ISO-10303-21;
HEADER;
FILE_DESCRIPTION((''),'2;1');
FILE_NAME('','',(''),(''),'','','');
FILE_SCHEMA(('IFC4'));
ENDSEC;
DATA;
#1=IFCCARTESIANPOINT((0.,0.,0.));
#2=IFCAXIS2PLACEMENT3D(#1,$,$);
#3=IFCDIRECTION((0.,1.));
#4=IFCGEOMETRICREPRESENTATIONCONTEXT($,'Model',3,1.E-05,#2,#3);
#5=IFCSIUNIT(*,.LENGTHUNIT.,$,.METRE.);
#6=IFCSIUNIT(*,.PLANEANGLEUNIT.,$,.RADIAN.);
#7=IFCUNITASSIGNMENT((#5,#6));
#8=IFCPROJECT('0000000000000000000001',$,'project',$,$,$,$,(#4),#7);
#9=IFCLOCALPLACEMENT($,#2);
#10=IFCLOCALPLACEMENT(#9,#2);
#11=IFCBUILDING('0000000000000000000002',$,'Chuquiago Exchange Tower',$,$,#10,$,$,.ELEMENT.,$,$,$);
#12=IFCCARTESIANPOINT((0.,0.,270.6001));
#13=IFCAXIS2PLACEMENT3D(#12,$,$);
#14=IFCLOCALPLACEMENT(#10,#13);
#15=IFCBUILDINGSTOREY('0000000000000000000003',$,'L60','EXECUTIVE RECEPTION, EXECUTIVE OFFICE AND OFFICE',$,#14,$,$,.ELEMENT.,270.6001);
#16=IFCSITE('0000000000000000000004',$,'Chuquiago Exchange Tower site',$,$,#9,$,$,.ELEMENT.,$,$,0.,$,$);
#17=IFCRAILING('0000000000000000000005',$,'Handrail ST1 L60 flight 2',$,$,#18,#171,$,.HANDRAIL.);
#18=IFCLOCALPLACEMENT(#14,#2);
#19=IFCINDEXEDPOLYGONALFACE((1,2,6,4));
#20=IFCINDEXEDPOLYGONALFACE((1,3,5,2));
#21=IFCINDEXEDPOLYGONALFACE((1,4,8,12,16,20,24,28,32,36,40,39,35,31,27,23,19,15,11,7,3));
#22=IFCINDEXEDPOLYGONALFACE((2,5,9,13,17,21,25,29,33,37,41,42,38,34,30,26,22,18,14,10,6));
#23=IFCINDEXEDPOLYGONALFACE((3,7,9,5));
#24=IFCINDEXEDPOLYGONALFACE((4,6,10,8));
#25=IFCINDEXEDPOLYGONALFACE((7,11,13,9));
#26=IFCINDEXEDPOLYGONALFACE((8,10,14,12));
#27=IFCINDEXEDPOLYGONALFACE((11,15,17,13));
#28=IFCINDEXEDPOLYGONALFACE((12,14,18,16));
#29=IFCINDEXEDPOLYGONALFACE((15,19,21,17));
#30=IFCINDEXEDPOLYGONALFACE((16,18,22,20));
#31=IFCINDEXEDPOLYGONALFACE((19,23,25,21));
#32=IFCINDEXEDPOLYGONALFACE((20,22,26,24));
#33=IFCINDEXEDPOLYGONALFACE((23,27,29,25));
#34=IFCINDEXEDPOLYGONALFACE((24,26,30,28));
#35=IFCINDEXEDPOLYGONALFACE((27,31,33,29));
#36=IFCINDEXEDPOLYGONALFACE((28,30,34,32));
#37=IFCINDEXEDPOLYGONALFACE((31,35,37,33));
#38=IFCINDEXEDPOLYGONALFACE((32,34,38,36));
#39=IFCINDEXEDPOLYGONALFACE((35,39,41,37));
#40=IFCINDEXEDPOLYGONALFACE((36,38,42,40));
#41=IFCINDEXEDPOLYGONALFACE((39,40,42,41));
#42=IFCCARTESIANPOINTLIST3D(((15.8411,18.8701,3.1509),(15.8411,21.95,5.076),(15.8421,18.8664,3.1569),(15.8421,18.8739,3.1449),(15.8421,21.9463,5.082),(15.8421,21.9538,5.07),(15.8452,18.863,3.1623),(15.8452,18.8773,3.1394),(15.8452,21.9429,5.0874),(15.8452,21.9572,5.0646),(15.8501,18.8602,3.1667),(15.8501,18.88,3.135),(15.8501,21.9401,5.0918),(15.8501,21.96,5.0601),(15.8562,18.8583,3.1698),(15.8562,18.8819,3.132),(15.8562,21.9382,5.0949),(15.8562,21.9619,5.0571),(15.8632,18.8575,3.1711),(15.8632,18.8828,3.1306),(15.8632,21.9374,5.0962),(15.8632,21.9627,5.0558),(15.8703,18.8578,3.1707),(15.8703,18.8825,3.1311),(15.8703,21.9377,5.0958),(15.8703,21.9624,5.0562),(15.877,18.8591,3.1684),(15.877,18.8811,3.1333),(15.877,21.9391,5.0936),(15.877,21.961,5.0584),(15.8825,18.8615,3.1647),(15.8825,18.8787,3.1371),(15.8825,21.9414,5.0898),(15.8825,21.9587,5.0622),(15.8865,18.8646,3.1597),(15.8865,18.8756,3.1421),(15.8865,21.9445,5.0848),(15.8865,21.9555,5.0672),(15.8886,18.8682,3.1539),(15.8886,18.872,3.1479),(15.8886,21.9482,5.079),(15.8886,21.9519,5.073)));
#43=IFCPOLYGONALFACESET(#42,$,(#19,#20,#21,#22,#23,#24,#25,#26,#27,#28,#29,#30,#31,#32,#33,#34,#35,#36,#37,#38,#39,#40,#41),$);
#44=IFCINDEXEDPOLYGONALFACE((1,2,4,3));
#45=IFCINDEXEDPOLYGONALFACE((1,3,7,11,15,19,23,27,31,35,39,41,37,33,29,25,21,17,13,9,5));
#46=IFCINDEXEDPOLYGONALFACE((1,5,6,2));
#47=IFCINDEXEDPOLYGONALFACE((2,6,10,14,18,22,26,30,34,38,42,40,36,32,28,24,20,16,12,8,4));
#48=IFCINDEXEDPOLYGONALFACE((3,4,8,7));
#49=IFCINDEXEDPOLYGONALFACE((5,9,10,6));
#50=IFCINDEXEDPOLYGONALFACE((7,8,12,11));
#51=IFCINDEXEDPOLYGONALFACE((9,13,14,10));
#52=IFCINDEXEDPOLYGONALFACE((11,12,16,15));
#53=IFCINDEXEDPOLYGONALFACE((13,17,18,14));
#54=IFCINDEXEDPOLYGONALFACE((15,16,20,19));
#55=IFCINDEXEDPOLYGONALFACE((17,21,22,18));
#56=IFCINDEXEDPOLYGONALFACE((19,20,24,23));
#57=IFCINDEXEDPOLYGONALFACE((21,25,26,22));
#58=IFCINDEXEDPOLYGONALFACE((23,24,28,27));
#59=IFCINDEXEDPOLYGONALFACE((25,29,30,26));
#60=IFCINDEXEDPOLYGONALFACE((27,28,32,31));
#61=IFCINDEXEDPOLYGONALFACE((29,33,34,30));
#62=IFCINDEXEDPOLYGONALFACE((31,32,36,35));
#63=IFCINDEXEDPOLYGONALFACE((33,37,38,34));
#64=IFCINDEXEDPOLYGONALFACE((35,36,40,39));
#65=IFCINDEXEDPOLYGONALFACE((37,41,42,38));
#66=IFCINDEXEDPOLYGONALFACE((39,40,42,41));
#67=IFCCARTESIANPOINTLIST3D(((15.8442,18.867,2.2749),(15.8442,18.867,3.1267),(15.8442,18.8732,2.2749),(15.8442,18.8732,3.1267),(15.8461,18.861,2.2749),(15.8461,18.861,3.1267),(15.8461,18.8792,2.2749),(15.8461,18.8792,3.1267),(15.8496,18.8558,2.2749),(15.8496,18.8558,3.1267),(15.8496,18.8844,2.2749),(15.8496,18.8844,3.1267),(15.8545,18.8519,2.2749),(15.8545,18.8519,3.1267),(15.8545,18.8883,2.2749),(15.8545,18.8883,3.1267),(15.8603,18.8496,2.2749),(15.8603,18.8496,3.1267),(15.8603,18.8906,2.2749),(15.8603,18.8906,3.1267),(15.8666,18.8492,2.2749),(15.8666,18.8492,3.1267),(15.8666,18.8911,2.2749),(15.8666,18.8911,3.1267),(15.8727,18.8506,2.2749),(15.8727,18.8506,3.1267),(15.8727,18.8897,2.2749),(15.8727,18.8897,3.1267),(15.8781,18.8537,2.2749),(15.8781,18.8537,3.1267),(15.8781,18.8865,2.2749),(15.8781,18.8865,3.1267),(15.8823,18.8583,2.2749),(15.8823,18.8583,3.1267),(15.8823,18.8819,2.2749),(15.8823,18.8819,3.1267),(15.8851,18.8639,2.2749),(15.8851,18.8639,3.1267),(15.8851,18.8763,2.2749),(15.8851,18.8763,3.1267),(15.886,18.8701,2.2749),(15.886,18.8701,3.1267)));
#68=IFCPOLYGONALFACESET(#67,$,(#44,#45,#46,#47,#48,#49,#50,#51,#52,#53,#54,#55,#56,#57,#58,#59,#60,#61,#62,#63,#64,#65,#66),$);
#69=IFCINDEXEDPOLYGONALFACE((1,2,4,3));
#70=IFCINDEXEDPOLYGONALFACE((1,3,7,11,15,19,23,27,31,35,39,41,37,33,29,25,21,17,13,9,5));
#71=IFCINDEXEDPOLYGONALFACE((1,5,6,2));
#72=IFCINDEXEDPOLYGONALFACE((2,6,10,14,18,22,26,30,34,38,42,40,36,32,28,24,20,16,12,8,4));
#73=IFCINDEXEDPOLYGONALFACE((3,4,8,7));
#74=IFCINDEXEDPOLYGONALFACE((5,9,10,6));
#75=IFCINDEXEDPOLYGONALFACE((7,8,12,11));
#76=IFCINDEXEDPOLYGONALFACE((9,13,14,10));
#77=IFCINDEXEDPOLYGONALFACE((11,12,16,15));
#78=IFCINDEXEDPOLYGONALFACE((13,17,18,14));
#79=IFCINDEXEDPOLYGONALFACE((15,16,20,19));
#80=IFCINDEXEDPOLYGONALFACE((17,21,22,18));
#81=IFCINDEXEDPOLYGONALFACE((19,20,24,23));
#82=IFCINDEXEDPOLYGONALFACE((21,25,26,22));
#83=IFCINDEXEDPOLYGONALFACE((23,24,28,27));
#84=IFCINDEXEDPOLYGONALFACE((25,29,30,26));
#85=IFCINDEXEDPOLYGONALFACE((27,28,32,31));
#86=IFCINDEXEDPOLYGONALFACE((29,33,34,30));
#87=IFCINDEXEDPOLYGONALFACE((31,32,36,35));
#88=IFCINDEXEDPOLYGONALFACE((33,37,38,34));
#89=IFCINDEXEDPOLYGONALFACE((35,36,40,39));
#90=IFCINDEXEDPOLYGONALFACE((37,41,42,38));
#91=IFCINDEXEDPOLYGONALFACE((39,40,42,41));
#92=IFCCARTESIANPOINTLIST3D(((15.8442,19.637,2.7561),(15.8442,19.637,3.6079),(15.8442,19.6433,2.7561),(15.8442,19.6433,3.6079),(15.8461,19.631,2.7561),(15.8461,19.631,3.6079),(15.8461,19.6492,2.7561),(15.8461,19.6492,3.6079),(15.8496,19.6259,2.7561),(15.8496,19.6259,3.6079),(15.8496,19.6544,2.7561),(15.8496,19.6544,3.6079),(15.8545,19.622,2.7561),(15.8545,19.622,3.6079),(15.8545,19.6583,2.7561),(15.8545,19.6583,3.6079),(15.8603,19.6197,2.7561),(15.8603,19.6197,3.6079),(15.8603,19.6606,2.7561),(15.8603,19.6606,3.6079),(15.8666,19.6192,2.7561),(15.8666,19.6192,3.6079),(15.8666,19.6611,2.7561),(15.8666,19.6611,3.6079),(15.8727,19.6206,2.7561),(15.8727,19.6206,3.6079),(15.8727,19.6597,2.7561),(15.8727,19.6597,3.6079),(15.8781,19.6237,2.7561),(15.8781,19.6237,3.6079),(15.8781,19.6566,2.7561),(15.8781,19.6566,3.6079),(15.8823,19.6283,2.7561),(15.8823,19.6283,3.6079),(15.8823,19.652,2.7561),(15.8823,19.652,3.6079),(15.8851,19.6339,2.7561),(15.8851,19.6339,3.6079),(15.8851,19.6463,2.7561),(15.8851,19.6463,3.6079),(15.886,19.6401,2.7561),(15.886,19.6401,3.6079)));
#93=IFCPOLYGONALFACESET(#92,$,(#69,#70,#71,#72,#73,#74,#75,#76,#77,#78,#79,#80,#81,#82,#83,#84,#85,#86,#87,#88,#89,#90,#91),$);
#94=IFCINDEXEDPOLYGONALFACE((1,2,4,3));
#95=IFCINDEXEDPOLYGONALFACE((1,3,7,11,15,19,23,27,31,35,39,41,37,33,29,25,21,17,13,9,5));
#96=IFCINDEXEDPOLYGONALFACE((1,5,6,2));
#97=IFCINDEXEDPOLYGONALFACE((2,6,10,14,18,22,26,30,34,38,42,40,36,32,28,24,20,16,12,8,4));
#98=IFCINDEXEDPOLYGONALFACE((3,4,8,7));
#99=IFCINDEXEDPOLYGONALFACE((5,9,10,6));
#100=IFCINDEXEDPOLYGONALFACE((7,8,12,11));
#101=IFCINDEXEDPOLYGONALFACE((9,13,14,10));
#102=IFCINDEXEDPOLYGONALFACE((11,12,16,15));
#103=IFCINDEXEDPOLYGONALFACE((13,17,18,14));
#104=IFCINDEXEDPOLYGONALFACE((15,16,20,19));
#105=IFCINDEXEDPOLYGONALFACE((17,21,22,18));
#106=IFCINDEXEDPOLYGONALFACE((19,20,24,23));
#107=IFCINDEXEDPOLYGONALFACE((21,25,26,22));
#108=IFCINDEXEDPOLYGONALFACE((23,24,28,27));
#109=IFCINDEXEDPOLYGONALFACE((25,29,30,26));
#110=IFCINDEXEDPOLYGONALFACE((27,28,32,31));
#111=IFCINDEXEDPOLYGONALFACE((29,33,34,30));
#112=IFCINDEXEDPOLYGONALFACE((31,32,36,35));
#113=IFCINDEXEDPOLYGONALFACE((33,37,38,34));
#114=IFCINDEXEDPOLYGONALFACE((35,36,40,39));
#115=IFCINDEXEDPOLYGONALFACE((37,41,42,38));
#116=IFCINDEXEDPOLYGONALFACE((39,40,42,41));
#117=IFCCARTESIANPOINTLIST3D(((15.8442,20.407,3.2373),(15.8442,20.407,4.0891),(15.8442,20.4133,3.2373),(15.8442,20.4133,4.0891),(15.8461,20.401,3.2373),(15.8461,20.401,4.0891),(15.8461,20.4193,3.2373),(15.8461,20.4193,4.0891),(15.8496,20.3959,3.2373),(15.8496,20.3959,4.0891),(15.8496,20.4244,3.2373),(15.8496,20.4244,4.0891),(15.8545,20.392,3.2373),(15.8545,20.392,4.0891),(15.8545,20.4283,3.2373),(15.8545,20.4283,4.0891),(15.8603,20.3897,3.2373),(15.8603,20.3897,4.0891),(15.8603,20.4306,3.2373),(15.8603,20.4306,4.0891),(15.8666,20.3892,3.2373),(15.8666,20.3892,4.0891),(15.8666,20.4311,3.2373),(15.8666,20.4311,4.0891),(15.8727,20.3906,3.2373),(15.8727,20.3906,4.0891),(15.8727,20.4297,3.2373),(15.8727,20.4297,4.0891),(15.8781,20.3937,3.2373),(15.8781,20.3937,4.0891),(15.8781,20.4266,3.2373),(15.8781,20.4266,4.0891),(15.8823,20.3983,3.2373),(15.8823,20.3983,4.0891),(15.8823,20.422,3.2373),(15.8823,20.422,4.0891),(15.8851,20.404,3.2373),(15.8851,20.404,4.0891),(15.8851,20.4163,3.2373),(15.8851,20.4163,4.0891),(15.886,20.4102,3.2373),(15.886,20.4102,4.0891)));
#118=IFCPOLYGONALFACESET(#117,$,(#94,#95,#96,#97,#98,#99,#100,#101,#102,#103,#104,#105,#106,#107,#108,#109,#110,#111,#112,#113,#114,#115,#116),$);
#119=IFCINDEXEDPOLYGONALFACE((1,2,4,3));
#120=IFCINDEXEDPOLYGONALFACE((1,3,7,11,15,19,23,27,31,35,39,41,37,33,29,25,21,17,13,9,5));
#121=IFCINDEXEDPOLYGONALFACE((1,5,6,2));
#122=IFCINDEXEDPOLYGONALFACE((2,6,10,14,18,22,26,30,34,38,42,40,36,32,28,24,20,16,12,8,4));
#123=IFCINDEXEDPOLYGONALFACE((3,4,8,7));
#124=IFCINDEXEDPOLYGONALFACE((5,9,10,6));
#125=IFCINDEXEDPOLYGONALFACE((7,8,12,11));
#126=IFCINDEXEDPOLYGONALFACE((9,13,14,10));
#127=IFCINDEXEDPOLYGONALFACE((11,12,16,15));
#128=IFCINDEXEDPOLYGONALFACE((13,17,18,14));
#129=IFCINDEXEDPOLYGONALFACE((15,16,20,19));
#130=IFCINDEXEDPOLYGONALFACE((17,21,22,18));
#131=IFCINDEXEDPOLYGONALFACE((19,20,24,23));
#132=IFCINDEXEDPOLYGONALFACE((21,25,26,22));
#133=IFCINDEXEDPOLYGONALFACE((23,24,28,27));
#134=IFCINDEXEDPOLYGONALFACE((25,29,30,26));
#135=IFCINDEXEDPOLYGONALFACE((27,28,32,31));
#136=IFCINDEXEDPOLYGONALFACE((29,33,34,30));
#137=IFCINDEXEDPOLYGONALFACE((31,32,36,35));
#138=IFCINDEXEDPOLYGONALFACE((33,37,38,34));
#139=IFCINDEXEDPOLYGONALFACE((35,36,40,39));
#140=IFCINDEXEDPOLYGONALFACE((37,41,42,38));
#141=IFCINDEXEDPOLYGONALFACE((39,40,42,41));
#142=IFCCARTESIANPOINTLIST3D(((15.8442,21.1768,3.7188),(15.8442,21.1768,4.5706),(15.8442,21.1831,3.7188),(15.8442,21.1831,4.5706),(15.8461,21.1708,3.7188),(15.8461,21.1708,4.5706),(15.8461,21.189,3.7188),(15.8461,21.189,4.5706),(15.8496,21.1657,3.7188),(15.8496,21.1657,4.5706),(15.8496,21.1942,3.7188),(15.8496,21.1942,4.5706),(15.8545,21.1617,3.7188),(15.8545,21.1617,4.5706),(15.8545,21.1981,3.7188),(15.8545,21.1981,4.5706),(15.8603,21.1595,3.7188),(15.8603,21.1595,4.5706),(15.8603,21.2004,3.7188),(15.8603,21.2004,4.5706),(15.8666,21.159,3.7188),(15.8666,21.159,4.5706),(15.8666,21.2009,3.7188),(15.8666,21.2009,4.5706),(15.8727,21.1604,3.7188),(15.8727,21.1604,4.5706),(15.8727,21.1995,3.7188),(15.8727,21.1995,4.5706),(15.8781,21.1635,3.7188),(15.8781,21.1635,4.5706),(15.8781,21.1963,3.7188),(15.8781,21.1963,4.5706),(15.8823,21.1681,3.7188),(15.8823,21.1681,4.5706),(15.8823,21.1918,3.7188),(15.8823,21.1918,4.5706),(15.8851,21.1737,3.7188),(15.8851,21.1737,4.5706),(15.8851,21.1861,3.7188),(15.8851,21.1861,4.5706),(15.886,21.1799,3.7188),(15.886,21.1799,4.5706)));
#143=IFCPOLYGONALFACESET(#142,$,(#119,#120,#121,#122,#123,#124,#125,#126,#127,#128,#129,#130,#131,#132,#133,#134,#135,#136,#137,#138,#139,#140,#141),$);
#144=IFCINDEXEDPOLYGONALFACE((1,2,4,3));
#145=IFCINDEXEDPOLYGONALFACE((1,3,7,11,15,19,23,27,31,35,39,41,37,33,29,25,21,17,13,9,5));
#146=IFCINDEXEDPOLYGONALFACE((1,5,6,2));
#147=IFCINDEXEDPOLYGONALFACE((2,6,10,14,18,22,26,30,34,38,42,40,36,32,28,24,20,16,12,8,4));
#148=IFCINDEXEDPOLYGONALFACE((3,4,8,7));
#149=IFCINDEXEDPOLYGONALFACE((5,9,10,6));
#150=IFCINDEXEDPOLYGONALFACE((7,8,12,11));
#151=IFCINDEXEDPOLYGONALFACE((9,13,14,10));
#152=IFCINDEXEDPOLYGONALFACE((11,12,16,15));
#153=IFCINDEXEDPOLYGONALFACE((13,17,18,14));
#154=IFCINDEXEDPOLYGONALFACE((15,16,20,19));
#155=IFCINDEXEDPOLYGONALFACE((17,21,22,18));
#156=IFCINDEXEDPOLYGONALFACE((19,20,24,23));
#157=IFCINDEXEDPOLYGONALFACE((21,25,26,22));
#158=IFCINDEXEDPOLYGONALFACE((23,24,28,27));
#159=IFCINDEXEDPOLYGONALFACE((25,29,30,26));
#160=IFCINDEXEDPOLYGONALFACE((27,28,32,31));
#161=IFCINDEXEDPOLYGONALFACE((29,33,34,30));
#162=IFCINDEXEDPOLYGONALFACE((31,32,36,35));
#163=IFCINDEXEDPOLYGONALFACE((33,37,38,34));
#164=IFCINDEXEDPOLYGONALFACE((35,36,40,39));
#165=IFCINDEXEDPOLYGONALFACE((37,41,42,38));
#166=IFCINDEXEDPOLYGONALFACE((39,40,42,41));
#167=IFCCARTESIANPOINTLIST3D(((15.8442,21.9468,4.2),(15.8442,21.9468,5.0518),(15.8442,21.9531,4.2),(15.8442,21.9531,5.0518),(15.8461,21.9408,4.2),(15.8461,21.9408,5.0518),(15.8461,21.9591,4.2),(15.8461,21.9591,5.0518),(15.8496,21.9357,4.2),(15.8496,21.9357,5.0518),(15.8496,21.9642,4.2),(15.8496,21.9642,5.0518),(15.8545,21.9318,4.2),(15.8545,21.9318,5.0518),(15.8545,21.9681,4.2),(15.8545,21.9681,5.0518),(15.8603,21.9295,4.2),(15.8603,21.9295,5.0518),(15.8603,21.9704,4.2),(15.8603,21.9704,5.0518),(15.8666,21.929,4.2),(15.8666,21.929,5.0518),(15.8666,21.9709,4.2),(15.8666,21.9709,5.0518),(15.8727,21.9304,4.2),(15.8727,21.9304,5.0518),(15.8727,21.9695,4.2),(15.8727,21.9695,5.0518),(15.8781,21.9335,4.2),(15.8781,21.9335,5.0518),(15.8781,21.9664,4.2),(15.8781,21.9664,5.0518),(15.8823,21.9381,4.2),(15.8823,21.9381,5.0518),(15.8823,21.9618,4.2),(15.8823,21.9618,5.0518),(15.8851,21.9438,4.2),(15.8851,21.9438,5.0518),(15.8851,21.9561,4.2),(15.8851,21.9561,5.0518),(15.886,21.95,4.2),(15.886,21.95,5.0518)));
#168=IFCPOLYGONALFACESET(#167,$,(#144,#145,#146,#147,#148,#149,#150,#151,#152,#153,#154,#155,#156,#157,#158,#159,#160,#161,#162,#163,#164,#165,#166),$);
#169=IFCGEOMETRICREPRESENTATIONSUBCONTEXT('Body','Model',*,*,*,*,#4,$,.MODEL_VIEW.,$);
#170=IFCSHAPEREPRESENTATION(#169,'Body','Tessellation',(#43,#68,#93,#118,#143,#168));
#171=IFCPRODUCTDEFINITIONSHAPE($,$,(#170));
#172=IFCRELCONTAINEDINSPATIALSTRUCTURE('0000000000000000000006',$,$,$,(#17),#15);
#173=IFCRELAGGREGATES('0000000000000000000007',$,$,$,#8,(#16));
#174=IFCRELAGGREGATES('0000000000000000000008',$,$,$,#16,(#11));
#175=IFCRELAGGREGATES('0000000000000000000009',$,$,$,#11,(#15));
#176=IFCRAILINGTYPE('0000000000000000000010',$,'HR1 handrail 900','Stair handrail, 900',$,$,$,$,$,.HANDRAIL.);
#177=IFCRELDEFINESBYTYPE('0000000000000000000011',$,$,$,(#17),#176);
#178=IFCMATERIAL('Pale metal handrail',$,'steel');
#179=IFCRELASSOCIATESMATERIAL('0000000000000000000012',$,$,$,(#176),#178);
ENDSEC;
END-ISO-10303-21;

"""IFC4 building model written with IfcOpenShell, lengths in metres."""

from ifc_helpers import new_model, si_unit, direction, frame, origin, origin_2d, place, context, subcontext, project, spatial, circle, extrude, material, type_object, element, save


model = new_model("IFC4")

# Units and contexts
model_context = context("Model", 3, precision=1e-05, world=origin(), true_north=direction((0.0, 1.0)))
body_context = subcontext(model_context, "Body", "Model", "MODEL_VIEW")
ifc_project = project(units=[si_unit("LENGTHUNIT", "METRE"), si_unit("PLANEANGLEUNIT", "RADIAN")], contexts=[model_context])

# Site, building, storey
site_placement = place(None, origin())
site = spatial("IfcSite", under=ifc_project, at=site_placement, Name="Chuquiago Exchange Tower site", CompositionType="ELEMENT", RefElevation=0.0)
building_placement = place(site_placement, origin())
building = spatial("IfcBuilding", under=site, at=building_placement, Name="Chuquiago Exchange Tower", CompositionType="ELEMENT")
storey_placement = place(building_placement, frame((0.0, 0.0, 270.6001)))
storey = spatial("IfcBuildingStorey", under=building, at=storey_placement, Name="L60", Description="EXECUTIVE RECEPTION, EXECUTIVE OFFICE AND OFFICE", CompositionType="ELEMENT", Elevation=270.6001)

# Railing
ifc_material_1 = material(Name="Pale metal handrail", Category="steel")
railing_type_1 = type_object("IfcRailingType", Name="HR1 handrail 900", Description="Stair handrail, 900", PredefinedType="HANDRAIL", material=ifc_material_1)
for number, where, name in (
    (1, (15.865, 18.8701, 2.2749), "Handrail ST1 L60 flight 2"),
):
    element("IfcRailing", number, at=place(storey_placement, frame(where)), inside=storey, type_object=railing_type_1, Name=name, PredefinedType="HANDRAIL", context=body_context, shape_type="SweptSolid", body=[
        extrude(circle(Radius=0.0239, at=origin_2d()), frame((0.0, 0.0, 0.876), z_axis=(0.0, 0.847979, 0.530029), x_axis=(-1.0, 0.0, 0.0)), (0.0, 0.0, 1.0), 3.6321),
        extrude(circle(Radius=0.021, at=origin_2d()), origin(), (0.0, 0.0, 1.0), 0.8518),
        extrude(circle(Radius=0.021, at=origin_2d()), frame((0.0, 0.77, 0.4812)), (0.0, 0.0, 1.0), 0.8518),
        extrude(circle(Radius=0.021, at=origin_2d()), frame((0.0, 1.54, 0.9624)), (0.0, 0.0, 1.0), 0.8518),
        extrude(circle(Radius=0.021, at=origin_2d()), frame((0.0, 2.3098, 1.4438)), (0.0, 0.0, 1.0), 0.8518),
        extrude(circle(Radius=0.021, at=origin_2d()), frame((0.0, 3.0798, 1.925)), (0.0, 0.0, 1.0), 0.8518),
    ])

save(model, "model.ifc")
